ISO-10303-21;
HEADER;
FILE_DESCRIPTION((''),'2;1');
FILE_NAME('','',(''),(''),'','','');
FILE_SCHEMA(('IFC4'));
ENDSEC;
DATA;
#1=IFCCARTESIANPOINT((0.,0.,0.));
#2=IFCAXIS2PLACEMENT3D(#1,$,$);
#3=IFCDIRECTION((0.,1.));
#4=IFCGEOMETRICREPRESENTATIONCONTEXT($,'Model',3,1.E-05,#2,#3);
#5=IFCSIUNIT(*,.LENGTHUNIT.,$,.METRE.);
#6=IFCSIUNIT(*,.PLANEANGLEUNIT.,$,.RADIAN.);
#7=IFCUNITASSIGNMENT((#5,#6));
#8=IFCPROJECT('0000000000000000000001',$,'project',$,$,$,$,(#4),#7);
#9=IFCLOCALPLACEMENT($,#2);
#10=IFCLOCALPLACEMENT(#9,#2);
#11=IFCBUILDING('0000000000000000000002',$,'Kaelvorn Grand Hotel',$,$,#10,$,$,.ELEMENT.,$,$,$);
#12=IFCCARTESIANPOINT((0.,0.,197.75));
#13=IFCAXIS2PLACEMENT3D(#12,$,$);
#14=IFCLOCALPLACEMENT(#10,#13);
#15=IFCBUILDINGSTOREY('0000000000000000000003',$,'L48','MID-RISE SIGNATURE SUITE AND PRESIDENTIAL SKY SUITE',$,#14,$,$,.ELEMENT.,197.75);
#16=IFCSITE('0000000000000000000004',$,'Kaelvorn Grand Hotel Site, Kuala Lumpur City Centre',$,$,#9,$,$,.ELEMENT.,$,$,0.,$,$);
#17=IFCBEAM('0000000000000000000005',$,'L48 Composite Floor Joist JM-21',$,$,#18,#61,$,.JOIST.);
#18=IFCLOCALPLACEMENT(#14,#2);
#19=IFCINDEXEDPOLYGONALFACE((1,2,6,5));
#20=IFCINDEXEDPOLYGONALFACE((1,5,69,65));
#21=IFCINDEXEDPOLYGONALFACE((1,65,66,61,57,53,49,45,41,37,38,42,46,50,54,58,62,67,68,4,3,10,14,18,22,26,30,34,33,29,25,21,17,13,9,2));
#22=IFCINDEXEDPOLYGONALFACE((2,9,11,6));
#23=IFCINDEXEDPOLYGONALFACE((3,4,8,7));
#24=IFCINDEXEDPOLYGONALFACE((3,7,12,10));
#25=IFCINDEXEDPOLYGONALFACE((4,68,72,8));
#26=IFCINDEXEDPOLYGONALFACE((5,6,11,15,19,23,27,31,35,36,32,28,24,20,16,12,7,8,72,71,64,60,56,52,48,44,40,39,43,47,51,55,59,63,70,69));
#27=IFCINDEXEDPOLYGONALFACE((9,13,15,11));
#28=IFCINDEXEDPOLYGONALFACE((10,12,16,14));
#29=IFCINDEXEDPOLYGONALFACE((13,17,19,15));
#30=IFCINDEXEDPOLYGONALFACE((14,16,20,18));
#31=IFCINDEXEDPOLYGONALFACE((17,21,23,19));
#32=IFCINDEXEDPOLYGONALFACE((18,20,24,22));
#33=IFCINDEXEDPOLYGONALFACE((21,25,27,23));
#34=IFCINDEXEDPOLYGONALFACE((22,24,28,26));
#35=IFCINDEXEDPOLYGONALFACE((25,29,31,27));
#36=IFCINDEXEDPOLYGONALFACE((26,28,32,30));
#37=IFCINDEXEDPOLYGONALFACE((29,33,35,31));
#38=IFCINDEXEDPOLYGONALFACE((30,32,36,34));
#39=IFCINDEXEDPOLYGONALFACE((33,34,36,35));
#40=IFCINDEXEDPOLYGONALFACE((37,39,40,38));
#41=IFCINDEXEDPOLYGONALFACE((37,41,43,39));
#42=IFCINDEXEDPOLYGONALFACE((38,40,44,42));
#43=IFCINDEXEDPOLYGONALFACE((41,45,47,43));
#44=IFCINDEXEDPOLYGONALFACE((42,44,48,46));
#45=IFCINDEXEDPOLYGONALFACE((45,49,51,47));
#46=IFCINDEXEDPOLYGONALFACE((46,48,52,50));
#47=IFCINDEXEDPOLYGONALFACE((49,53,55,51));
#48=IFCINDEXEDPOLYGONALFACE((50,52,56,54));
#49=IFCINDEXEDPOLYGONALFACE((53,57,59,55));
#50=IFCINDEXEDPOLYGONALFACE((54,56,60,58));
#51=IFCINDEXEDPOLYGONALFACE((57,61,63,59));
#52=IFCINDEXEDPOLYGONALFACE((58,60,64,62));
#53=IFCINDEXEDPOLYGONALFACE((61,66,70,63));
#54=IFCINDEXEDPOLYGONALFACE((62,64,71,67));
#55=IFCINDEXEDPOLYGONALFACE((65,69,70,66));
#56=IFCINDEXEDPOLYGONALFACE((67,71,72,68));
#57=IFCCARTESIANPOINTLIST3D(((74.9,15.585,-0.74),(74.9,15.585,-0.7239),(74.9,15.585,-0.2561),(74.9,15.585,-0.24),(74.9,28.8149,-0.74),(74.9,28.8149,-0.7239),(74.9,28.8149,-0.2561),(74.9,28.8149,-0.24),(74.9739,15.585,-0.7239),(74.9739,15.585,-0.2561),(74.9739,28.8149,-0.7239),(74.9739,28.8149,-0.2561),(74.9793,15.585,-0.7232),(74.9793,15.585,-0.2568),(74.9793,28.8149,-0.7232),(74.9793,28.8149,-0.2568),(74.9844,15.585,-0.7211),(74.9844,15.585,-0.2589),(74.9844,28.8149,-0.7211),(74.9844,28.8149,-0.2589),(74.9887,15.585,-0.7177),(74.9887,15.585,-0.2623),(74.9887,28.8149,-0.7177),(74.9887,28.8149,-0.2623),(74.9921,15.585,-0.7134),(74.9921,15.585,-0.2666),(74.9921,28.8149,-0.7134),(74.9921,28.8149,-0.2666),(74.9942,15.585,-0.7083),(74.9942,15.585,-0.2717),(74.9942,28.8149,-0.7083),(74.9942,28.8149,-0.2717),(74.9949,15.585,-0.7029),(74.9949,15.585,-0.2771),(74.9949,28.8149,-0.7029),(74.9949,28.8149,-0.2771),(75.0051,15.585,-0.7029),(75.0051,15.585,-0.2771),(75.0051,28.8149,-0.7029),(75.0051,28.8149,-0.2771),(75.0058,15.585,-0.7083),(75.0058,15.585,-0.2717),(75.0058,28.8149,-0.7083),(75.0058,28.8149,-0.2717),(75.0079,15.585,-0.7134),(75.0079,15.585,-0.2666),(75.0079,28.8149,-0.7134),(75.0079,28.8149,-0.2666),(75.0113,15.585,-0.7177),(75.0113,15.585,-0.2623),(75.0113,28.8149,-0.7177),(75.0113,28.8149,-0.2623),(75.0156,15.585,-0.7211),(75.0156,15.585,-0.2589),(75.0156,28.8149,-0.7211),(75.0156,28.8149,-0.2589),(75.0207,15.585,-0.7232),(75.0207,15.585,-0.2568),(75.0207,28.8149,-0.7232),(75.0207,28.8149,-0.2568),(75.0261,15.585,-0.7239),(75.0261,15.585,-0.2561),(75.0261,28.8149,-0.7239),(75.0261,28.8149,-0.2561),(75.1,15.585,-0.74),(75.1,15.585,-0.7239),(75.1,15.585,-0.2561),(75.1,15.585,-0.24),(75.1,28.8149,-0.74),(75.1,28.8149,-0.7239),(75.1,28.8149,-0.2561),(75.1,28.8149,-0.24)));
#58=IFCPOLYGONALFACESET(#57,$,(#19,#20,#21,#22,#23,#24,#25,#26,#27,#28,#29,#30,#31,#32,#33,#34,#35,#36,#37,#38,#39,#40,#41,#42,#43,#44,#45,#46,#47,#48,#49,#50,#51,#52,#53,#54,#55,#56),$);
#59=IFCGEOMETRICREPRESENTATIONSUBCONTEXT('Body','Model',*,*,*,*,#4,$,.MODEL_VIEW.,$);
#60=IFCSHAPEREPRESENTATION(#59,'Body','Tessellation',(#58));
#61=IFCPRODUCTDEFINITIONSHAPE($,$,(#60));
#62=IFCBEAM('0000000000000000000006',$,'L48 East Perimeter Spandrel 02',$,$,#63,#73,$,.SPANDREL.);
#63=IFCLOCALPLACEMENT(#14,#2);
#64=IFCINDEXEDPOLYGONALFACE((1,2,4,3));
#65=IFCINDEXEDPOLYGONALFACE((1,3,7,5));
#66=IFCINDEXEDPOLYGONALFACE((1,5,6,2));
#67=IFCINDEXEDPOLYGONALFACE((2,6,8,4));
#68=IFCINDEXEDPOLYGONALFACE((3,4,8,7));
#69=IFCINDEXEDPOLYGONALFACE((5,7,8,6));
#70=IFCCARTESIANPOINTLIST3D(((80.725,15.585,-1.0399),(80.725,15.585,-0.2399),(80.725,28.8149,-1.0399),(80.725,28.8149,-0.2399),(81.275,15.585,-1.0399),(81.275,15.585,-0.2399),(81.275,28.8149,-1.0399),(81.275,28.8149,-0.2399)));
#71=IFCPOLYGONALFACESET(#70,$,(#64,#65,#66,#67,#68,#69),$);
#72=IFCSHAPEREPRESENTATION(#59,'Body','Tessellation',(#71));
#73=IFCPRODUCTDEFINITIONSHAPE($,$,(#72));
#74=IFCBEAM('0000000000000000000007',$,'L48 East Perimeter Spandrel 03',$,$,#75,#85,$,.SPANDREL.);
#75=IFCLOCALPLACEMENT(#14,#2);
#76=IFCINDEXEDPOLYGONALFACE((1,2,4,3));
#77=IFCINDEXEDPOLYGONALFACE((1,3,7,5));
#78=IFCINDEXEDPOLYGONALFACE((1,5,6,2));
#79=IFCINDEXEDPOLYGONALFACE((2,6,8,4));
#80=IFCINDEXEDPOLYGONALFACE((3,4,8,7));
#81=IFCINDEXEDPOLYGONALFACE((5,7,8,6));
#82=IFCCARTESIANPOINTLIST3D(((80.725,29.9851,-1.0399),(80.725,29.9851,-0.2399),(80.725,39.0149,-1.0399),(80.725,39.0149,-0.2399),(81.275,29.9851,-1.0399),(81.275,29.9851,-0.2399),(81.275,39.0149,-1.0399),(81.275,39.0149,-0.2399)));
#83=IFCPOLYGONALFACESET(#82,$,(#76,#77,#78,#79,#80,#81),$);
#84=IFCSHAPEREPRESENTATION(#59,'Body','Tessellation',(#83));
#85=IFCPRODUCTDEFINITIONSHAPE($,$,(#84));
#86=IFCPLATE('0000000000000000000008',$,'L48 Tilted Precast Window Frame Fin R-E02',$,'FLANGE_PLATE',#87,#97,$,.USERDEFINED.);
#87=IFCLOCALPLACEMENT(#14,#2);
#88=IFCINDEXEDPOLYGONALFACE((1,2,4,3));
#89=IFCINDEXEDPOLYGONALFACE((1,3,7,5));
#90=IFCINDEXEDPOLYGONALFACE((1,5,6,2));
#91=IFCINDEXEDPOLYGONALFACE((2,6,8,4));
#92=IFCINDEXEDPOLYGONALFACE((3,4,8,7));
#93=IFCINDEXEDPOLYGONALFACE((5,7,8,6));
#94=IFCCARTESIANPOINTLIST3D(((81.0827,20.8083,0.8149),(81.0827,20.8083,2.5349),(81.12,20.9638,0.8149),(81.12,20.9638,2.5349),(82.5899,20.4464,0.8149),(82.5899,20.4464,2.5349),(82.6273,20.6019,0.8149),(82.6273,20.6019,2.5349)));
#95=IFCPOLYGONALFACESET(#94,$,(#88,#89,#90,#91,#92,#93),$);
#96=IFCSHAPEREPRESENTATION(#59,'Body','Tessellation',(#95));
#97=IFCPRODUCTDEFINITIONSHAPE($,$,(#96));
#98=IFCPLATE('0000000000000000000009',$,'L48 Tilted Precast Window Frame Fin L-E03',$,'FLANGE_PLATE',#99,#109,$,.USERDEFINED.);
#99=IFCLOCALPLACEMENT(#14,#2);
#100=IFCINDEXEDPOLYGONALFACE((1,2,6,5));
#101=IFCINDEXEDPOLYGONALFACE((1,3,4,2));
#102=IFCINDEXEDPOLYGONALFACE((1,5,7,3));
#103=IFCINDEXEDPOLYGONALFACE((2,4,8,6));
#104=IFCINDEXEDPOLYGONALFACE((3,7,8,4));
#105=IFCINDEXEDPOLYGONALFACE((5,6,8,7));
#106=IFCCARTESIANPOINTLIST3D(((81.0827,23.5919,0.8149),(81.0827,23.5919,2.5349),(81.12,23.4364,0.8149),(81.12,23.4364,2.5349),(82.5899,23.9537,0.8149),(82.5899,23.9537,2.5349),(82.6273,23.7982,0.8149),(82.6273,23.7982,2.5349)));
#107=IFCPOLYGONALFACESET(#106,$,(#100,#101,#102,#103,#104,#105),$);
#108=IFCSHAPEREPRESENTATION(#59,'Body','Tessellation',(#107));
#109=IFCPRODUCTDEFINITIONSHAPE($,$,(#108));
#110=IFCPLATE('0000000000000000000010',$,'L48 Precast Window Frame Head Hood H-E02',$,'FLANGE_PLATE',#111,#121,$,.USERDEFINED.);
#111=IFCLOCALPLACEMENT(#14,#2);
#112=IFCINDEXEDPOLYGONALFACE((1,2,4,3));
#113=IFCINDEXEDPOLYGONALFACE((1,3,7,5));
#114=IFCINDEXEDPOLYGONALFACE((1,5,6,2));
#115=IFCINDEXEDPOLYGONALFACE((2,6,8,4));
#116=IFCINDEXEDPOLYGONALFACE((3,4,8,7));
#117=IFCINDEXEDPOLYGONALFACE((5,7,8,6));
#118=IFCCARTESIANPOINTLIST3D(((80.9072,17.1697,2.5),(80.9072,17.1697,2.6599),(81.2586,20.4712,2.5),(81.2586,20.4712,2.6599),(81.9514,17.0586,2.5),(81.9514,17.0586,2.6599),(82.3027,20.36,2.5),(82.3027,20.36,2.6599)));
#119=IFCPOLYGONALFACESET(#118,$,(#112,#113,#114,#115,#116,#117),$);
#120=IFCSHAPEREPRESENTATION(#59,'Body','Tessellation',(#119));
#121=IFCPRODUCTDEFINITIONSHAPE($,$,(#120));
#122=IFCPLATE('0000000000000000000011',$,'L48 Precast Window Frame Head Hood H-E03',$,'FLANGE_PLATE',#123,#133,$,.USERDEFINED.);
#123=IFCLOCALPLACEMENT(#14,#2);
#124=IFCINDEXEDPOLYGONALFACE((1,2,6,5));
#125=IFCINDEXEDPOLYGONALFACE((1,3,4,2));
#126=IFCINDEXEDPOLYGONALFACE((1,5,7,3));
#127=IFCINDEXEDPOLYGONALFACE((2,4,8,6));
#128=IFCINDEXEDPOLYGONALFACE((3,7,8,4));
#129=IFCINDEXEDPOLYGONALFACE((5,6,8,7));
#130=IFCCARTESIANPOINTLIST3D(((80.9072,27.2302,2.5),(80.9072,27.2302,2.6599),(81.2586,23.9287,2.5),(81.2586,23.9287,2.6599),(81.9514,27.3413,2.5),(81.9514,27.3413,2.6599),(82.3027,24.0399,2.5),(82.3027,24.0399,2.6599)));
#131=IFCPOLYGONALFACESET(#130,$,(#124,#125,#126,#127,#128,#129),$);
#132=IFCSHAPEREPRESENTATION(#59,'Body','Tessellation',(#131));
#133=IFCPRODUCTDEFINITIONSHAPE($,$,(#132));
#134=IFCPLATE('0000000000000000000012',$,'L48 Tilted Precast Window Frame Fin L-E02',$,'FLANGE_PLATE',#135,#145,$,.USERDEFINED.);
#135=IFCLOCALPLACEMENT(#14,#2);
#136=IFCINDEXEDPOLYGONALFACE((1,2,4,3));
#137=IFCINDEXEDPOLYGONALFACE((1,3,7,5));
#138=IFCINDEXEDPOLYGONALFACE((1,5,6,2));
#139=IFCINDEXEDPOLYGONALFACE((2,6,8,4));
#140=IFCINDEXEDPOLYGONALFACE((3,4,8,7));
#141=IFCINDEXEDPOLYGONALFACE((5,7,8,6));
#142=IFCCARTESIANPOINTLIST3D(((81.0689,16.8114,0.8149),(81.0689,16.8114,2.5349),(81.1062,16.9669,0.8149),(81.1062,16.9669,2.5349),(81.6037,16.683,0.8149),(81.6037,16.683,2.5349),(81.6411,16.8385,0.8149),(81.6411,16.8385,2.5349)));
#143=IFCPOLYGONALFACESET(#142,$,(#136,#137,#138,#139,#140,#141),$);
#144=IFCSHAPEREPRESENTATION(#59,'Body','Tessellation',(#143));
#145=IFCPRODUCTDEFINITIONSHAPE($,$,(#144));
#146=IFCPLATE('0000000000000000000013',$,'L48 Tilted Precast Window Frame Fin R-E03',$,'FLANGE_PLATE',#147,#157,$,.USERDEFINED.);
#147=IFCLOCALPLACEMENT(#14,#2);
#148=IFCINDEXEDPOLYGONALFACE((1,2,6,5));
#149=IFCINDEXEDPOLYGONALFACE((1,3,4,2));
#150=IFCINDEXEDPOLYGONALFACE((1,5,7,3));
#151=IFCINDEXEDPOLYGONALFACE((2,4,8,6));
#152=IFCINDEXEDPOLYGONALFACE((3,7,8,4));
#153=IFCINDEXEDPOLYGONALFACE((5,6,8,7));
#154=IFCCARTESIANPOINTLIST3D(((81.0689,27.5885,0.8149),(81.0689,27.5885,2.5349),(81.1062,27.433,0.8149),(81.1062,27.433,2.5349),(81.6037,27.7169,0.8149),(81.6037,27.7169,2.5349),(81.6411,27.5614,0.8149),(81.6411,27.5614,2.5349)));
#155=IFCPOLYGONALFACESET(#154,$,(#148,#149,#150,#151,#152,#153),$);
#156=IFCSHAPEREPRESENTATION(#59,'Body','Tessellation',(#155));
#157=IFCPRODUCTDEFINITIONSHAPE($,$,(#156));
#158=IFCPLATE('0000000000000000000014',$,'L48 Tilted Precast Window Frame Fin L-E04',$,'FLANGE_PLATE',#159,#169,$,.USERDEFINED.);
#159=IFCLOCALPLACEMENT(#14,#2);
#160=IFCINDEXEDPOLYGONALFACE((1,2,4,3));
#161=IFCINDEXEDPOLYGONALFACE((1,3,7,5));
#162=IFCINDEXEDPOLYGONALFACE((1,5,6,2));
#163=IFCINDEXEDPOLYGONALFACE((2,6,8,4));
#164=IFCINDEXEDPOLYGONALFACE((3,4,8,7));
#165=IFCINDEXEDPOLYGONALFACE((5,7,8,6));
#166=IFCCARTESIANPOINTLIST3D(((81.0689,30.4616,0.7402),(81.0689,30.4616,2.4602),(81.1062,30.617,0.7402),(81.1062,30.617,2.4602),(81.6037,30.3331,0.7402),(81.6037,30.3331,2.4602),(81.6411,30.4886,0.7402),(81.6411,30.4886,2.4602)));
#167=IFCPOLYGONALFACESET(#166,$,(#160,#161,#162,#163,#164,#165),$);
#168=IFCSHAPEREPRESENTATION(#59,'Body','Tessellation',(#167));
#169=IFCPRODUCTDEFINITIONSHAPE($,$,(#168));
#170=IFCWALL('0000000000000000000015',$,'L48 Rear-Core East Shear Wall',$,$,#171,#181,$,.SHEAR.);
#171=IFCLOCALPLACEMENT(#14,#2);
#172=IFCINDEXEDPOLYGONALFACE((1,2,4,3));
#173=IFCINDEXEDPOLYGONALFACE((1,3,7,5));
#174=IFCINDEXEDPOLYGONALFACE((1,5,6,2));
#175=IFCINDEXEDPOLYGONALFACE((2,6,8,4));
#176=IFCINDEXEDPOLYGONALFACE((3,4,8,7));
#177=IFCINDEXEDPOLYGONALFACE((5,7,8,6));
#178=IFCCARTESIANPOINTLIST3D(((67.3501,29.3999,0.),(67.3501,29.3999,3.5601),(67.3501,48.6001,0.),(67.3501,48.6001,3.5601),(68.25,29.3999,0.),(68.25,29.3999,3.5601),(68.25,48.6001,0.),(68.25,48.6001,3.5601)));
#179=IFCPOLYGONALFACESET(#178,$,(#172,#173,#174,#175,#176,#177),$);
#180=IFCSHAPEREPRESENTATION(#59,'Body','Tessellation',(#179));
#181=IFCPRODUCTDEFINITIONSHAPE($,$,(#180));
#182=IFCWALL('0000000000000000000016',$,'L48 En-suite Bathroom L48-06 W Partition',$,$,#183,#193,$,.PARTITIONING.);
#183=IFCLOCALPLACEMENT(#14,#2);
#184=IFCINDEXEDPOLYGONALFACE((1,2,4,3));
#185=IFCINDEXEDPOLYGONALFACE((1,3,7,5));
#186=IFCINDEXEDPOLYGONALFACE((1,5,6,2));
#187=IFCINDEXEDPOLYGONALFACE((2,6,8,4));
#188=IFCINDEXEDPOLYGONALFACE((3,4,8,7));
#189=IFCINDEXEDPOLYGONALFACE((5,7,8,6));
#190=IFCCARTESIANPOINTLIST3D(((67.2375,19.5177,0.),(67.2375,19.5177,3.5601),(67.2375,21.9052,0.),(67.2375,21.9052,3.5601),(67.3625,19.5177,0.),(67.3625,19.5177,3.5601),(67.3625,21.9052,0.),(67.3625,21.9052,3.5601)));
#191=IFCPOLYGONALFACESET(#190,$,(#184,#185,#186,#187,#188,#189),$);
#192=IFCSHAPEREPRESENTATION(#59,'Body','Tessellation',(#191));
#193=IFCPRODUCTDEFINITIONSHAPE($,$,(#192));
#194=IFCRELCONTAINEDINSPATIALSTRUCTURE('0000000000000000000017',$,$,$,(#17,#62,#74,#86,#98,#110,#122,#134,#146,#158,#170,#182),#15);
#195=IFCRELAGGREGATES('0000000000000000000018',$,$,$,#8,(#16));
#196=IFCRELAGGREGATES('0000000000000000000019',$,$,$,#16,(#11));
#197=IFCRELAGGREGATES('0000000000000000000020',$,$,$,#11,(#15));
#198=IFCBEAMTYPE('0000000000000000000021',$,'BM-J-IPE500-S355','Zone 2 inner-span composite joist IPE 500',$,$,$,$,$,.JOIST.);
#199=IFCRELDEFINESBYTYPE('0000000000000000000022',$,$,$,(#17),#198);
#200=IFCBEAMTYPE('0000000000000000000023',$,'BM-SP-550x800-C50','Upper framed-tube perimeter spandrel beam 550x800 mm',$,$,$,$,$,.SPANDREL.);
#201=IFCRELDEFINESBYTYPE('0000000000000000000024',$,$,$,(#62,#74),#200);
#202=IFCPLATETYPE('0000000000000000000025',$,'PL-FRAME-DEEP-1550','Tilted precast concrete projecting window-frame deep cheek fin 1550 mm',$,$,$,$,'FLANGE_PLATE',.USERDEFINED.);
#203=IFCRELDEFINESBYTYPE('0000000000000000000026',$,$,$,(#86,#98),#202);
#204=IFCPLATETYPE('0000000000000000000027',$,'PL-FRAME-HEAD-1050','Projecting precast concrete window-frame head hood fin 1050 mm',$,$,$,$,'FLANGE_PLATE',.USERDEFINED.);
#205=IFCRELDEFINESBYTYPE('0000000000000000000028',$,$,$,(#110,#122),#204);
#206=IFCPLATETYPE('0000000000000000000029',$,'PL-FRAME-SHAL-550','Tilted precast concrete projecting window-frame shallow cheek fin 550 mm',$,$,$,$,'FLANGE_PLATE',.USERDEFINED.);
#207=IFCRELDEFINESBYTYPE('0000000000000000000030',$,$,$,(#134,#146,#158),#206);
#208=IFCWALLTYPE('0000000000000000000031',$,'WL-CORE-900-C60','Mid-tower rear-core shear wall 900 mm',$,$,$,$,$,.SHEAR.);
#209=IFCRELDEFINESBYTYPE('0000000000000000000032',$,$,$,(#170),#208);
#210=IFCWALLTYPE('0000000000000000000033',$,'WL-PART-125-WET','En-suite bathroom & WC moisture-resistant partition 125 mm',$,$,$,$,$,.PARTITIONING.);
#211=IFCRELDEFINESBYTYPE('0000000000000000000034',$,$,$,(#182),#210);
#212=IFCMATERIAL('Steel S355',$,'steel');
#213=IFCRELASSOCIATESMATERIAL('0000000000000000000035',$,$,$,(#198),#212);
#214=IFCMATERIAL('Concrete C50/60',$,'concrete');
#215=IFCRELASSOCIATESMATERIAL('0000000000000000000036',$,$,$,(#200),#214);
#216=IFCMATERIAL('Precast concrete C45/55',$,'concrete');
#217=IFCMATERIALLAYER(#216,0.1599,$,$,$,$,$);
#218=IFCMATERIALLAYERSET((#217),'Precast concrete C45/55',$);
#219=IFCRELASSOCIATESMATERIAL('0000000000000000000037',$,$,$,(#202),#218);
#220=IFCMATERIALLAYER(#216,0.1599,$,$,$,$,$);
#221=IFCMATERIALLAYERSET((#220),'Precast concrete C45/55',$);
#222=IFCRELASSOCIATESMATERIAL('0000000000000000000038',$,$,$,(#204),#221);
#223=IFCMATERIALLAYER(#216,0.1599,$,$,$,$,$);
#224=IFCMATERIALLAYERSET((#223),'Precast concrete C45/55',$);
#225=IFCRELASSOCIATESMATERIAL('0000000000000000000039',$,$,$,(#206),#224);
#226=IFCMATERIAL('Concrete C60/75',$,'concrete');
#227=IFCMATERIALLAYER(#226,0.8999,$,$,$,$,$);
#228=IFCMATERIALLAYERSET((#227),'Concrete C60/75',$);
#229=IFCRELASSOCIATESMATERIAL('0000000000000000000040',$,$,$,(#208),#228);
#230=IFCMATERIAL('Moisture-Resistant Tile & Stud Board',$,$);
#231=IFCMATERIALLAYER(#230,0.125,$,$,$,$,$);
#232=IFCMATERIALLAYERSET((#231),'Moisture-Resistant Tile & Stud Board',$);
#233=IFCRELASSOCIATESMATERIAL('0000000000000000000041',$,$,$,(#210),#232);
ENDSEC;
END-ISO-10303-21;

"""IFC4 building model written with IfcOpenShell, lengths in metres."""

from ifc_helpers import new_model, si_unit, direction, frame, frame_2d, origin, origin_2d, place, context, subcontext, project, spatial, rectangle, i_section, extrude, material, layer, layer_set, material_profile, profile_set, type_object, element, save


model = new_model("IFC4")

# Units and contexts
model_context = context("Model", 3, precision=1e-05, world=origin(), true_north=direction((0.0, 1.0)))
body_context = subcontext(model_context, "Body", "Model", "MODEL_VIEW")
ifc_project = project(units=[si_unit("LENGTHUNIT", "METRE"), si_unit("PLANEANGLEUNIT", "RADIAN")], contexts=[model_context])

# Site, building, storey
site_placement = place(None, origin())
site = spatial("IfcSite", under=ifc_project, at=site_placement, Name="Kaelvorn Grand Hotel Site, Kuala Lumpur City Centre", CompositionType="ELEMENT", RefElevation=0.0)
building_placement = place(site_placement, origin())
building = spatial("IfcBuilding", under=site, at=building_placement, Name="Kaelvorn Grand Hotel", CompositionType="ELEMENT")
storey_placement = place(building_placement, frame((0.0, 0.0, 197.75)))
storey = spatial("IfcBuildingStorey", under=building, at=storey_placement, Name="L48", Description="MID-RISE SIGNATURE SUITE AND PRESIDENTIAL SKY SUITE", CompositionType="ELEMENT", Elevation=197.75)

# Shared definitions
ifc_material_1 = material(Name="Concrete C60/75", Category="concrete")

# Beams
ifc_material_2 = material(Name="Steel S355", Category="steel")
ifc_material_profile_1 = material_profile(ifc_material_2, i_section(OverallWidth=0.2, OverallDepth=0.5, WebThickness=0.0103, FlangeThickness=0.0161, FilletRadius=0.021, at=origin_2d()), Name="IPE 500")
ifc_profile_set_1 = profile_set([ifc_material_profile_1], Name="Steel S355")
beam_type_1 = type_object("IfcBeamType", Name="BM-J-IPE500-S355", Description="Zone 2 inner-span composite joist IPE 500", PredefinedType="JOIST", material=ifc_profile_set_1)
for number, where, z_axis, x_axis, name in (
    (1, (75.0, 15.585, -0.49), (0.0, 1.0, 0.0), (-1.0, 0.0, 0.0), "L48 Composite Floor Joist JM-21"),
):
    element("IfcBeam", number, at=place(storey_placement, frame(where, z_axis=z_axis, x_axis=x_axis)), inside=storey, type_object=beam_type_1, Name=name, PredefinedType="JOIST", context=body_context, shape_type="SweptSolid", body=[
        extrude(i_section(OverallWidth=0.2, OverallDepth=0.5, WebThickness=0.0103, FlangeThickness=0.0161, FilletRadius=0.021, at=origin_2d()), origin(), (0.0, 0.0, 1.0), 13.23),
    ])
ifc_material_3 = material(Name="Concrete C50/60", Category="concrete")
ifc_material_profile_2 = material_profile(ifc_material_3, rectangle(XDim=0.55, YDim=0.8, at=origin_2d()), Name="RC SPANDREL 550x800")
ifc_profile_set_2 = profile_set([ifc_material_profile_2], Name="Concrete C50/60")
beam_type_2 = type_object("IfcBeamType", Name="BM-SP-550x800-C50", Description="Upper framed-tube perimeter spandrel beam 550x800 mm", PredefinedType="SPANDREL", material=ifc_profile_set_2)
beam_1_placement = place(storey_placement, frame((81.0, 15.585, -0.6399), z_axis=(0.0, 1.0, 0.0), x_axis=(-1.0, 0.0, 0.0)))
element("IfcBeam", 2, at=beam_1_placement, inside=storey, type_object=beam_type_2, Name="L48 East Perimeter Spandrel 02", PredefinedType="SPANDREL", context=body_context, shape_type="SweptSolid", body=[
    extrude(rectangle(XDim=0.55, YDim=0.8, at=origin_2d()), origin(), (0.0, 0.0, 1.0), 13.23),
])
beam_2_placement = place(storey_placement, frame((81.0, 29.9851, -0.6399), z_axis=(0.0, 1.0, 0.0), x_axis=(-1.0, 0.0, 0.0)))
element("IfcBeam", 3, at=beam_2_placement, inside=storey, type_object=beam_type_2, Name="L48 East Perimeter Spandrel 03", PredefinedType="SPANDREL", context=body_context, shape_type="SweptSolid", body=[
    extrude(rectangle(XDim=0.55, YDim=0.8, at=origin_2d()), origin(), (0.0, 0.0, 1.0), 9.0298),
])

# Plates
ifc_material_4 = material(Name="Precast concrete C45/55", Category="concrete")
ifc_layer_1 = layer(ifc_material_4, 0.1599)
ifc_layer_set_1 = layer_set([ifc_layer_1], Name="Precast concrete C45/55")
plate_type_1 = type_object("IfcPlateType", Name="PL-FRAME-DEEP-1550", Description="Tilted precast concrete projecting window-frame deep cheek fin 1550 mm", ElementType="FLANGE_PLATE", PredefinedType="USERDEFINED", material=ifc_layer_set_1)
for number, where, z_axis, x_axis, name in (
    (4, (81.855, 20.7051, 0.8149), (0.0, 0.0, 1.0), (0.233445, 0.97237, 0.0), "L48 Tilted Precast Window Frame Fin R-E02"),
    (5, (81.855, 23.6951, 0.8149), (0.0, 0.0, 1.0), (-0.233445, 0.97237, 0.0), "L48 Tilted Precast Window Frame Fin L-E03"),
):
    element("IfcPlate", number, at=place(storey_placement, frame(where, z_axis=z_axis, x_axis=x_axis)), inside=storey, type_object=plate_type_1, Name=name, ObjectType="FLANGE_PLATE", PredefinedType="USERDEFINED", context=body_context, shape_type="SweptSolid", body=[
        extrude(rectangle(XDim=0.1599, YDim=1.55, at=origin_2d()), origin(), (0.0, 0.0, 1.0), 1.72),
    ])
ifc_layer_2 = layer(ifc_material_4, 0.1599)
ifc_layer_set_2 = layer_set([ifc_layer_2], Name="Precast concrete C45/55")
plate_type_2 = type_object("IfcPlateType", Name="PL-FRAME-HEAD-1050", Description="Projecting precast concrete window-frame head hood fin 1050 mm", ElementType="FLANGE_PLATE", PredefinedType="USERDEFINED", material=ifc_layer_set_2)
for number, where, z_axis, x_axis, name in (
    (6, (81.605, 18.7649, 2.5), (0.0, 0.0, 1.0), (0.10583, 0.994384, 0.0), "L48 Precast Window Frame Head Hood H-E02"),
    (7, (81.605, 25.635, 2.5), (0.0, 0.0, 1.0), (-0.10583, 0.994384, 0.0), "L48 Precast Window Frame Head Hood H-E03"),
):
    element("IfcPlate", number, at=place(storey_placement, frame(where, z_axis=z_axis, x_axis=x_axis)), inside=storey, type_object=plate_type_2, Name=name, ObjectType="FLANGE_PLATE", PredefinedType="USERDEFINED", context=body_context, shape_type="SweptSolid", body=[
        extrude(rectangle(XDim=3.3201, YDim=1.05, at=origin_2d()), origin(), (0.0, 0.0, 1.0), 0.1599),
    ])
ifc_layer_3 = layer(ifc_material_4, 0.1599)
ifc_layer_set_3 = layer_set([ifc_layer_3], Name="Precast concrete C45/55")
plate_type_3 = type_object("IfcPlateType", Name="PL-FRAME-SHAL-550", Description="Tilted precast concrete projecting window-frame shallow cheek fin 550 mm", ElementType="FLANGE_PLATE", PredefinedType="USERDEFINED", material=ifc_layer_set_3)
for number, where, z_axis, x_axis, name in (
    (8, (81.355, 16.825, 0.8149), (0.0, 0.0, 1.0), (0.233445, 0.97237, 0.0), "L48 Tilted Precast Window Frame Fin L-E02"),
    (9, (81.355, 27.575, 0.8149), (0.0, 0.0, 1.0), (-0.233445, 0.97237, 0.0), "L48 Tilted Precast Window Frame Fin R-E03"),
    (10, (81.355, 30.4751, 0.7402), (0.0, 0.0, 1.0), (0.233445, 0.97237, 0.0), "L48 Tilted Precast Window Frame Fin L-E04"),
):
    element("IfcPlate", number, at=place(storey_placement, frame(where, z_axis=z_axis, x_axis=x_axis)), inside=storey, type_object=plate_type_3, Name=name, ObjectType="FLANGE_PLATE", PredefinedType="USERDEFINED", context=body_context, shape_type="SweptSolid", body=[
        extrude(rectangle(XDim=0.1599, YDim=0.55, at=origin_2d()), origin(), (0.0, 0.0, 1.0), 1.72),
    ])

# Walls
ifc_layer_4 = layer(ifc_material_1, 0.8999)
ifc_layer_set_4 = layer_set([ifc_layer_4], Name="Concrete C60/75")
wall_type_1 = type_object("IfcWallType", Name="WL-CORE-900-C60", Description="Mid-tower rear-core shear wall 900 mm", PredefinedType="SHEAR", material=ifc_layer_set_4)
wall_1_placement = place(storey_placement, frame((67.8, 29.3999, 0.0), z_axis=(0.0, 0.0, 1.0), x_axis=(0.0, 1.0, 0.0)))
element("IfcWall", 11, at=wall_1_placement, inside=storey, type_object=wall_type_1, Name="L48 Rear-Core East Shear Wall", PredefinedType="SHEAR", context=body_context, shape_type="SweptSolid", body=[
    extrude(rectangle(XDim=19.2002, YDim=0.8999, at=frame_2d((9.6001, 0.0))), origin(), (0.0, 0.0, 1.0), 3.5601),
])
ifc_material_5 = material(Name="Moisture-Resistant Tile & Stud Board")
ifc_layer_5 = layer(ifc_material_5, 0.125)
ifc_layer_set_5 = layer_set([ifc_layer_5], Name="Moisture-Resistant Tile & Stud Board")
wall_type_2 = type_object("IfcWallType", Name="WL-PART-125-WET", Description="En-suite bathroom & WC moisture-resistant partition 125 mm", PredefinedType="PARTITIONING", material=ifc_layer_set_5)
wall_2_placement = place(storey_placement, frame((67.3, 19.5176, 0.0), z_axis=(0.0, 0.0, 1.0), x_axis=(0.0, 1.0, 0.0)))
element("IfcWall", 12, at=wall_2_placement, inside=storey, type_object=wall_type_2, Name="L48 En-suite Bathroom L48-06 W Partition", PredefinedType="PARTITIONING", context=body_context, shape_type="SweptSolid", body=[
    extrude(rectangle(XDim=2.3875, YDim=0.125, at=frame_2d((1.1938, 0.0))), origin(), (0.0, 0.0, 1.0), 3.5601),
])

save(model, "model.ifc")
